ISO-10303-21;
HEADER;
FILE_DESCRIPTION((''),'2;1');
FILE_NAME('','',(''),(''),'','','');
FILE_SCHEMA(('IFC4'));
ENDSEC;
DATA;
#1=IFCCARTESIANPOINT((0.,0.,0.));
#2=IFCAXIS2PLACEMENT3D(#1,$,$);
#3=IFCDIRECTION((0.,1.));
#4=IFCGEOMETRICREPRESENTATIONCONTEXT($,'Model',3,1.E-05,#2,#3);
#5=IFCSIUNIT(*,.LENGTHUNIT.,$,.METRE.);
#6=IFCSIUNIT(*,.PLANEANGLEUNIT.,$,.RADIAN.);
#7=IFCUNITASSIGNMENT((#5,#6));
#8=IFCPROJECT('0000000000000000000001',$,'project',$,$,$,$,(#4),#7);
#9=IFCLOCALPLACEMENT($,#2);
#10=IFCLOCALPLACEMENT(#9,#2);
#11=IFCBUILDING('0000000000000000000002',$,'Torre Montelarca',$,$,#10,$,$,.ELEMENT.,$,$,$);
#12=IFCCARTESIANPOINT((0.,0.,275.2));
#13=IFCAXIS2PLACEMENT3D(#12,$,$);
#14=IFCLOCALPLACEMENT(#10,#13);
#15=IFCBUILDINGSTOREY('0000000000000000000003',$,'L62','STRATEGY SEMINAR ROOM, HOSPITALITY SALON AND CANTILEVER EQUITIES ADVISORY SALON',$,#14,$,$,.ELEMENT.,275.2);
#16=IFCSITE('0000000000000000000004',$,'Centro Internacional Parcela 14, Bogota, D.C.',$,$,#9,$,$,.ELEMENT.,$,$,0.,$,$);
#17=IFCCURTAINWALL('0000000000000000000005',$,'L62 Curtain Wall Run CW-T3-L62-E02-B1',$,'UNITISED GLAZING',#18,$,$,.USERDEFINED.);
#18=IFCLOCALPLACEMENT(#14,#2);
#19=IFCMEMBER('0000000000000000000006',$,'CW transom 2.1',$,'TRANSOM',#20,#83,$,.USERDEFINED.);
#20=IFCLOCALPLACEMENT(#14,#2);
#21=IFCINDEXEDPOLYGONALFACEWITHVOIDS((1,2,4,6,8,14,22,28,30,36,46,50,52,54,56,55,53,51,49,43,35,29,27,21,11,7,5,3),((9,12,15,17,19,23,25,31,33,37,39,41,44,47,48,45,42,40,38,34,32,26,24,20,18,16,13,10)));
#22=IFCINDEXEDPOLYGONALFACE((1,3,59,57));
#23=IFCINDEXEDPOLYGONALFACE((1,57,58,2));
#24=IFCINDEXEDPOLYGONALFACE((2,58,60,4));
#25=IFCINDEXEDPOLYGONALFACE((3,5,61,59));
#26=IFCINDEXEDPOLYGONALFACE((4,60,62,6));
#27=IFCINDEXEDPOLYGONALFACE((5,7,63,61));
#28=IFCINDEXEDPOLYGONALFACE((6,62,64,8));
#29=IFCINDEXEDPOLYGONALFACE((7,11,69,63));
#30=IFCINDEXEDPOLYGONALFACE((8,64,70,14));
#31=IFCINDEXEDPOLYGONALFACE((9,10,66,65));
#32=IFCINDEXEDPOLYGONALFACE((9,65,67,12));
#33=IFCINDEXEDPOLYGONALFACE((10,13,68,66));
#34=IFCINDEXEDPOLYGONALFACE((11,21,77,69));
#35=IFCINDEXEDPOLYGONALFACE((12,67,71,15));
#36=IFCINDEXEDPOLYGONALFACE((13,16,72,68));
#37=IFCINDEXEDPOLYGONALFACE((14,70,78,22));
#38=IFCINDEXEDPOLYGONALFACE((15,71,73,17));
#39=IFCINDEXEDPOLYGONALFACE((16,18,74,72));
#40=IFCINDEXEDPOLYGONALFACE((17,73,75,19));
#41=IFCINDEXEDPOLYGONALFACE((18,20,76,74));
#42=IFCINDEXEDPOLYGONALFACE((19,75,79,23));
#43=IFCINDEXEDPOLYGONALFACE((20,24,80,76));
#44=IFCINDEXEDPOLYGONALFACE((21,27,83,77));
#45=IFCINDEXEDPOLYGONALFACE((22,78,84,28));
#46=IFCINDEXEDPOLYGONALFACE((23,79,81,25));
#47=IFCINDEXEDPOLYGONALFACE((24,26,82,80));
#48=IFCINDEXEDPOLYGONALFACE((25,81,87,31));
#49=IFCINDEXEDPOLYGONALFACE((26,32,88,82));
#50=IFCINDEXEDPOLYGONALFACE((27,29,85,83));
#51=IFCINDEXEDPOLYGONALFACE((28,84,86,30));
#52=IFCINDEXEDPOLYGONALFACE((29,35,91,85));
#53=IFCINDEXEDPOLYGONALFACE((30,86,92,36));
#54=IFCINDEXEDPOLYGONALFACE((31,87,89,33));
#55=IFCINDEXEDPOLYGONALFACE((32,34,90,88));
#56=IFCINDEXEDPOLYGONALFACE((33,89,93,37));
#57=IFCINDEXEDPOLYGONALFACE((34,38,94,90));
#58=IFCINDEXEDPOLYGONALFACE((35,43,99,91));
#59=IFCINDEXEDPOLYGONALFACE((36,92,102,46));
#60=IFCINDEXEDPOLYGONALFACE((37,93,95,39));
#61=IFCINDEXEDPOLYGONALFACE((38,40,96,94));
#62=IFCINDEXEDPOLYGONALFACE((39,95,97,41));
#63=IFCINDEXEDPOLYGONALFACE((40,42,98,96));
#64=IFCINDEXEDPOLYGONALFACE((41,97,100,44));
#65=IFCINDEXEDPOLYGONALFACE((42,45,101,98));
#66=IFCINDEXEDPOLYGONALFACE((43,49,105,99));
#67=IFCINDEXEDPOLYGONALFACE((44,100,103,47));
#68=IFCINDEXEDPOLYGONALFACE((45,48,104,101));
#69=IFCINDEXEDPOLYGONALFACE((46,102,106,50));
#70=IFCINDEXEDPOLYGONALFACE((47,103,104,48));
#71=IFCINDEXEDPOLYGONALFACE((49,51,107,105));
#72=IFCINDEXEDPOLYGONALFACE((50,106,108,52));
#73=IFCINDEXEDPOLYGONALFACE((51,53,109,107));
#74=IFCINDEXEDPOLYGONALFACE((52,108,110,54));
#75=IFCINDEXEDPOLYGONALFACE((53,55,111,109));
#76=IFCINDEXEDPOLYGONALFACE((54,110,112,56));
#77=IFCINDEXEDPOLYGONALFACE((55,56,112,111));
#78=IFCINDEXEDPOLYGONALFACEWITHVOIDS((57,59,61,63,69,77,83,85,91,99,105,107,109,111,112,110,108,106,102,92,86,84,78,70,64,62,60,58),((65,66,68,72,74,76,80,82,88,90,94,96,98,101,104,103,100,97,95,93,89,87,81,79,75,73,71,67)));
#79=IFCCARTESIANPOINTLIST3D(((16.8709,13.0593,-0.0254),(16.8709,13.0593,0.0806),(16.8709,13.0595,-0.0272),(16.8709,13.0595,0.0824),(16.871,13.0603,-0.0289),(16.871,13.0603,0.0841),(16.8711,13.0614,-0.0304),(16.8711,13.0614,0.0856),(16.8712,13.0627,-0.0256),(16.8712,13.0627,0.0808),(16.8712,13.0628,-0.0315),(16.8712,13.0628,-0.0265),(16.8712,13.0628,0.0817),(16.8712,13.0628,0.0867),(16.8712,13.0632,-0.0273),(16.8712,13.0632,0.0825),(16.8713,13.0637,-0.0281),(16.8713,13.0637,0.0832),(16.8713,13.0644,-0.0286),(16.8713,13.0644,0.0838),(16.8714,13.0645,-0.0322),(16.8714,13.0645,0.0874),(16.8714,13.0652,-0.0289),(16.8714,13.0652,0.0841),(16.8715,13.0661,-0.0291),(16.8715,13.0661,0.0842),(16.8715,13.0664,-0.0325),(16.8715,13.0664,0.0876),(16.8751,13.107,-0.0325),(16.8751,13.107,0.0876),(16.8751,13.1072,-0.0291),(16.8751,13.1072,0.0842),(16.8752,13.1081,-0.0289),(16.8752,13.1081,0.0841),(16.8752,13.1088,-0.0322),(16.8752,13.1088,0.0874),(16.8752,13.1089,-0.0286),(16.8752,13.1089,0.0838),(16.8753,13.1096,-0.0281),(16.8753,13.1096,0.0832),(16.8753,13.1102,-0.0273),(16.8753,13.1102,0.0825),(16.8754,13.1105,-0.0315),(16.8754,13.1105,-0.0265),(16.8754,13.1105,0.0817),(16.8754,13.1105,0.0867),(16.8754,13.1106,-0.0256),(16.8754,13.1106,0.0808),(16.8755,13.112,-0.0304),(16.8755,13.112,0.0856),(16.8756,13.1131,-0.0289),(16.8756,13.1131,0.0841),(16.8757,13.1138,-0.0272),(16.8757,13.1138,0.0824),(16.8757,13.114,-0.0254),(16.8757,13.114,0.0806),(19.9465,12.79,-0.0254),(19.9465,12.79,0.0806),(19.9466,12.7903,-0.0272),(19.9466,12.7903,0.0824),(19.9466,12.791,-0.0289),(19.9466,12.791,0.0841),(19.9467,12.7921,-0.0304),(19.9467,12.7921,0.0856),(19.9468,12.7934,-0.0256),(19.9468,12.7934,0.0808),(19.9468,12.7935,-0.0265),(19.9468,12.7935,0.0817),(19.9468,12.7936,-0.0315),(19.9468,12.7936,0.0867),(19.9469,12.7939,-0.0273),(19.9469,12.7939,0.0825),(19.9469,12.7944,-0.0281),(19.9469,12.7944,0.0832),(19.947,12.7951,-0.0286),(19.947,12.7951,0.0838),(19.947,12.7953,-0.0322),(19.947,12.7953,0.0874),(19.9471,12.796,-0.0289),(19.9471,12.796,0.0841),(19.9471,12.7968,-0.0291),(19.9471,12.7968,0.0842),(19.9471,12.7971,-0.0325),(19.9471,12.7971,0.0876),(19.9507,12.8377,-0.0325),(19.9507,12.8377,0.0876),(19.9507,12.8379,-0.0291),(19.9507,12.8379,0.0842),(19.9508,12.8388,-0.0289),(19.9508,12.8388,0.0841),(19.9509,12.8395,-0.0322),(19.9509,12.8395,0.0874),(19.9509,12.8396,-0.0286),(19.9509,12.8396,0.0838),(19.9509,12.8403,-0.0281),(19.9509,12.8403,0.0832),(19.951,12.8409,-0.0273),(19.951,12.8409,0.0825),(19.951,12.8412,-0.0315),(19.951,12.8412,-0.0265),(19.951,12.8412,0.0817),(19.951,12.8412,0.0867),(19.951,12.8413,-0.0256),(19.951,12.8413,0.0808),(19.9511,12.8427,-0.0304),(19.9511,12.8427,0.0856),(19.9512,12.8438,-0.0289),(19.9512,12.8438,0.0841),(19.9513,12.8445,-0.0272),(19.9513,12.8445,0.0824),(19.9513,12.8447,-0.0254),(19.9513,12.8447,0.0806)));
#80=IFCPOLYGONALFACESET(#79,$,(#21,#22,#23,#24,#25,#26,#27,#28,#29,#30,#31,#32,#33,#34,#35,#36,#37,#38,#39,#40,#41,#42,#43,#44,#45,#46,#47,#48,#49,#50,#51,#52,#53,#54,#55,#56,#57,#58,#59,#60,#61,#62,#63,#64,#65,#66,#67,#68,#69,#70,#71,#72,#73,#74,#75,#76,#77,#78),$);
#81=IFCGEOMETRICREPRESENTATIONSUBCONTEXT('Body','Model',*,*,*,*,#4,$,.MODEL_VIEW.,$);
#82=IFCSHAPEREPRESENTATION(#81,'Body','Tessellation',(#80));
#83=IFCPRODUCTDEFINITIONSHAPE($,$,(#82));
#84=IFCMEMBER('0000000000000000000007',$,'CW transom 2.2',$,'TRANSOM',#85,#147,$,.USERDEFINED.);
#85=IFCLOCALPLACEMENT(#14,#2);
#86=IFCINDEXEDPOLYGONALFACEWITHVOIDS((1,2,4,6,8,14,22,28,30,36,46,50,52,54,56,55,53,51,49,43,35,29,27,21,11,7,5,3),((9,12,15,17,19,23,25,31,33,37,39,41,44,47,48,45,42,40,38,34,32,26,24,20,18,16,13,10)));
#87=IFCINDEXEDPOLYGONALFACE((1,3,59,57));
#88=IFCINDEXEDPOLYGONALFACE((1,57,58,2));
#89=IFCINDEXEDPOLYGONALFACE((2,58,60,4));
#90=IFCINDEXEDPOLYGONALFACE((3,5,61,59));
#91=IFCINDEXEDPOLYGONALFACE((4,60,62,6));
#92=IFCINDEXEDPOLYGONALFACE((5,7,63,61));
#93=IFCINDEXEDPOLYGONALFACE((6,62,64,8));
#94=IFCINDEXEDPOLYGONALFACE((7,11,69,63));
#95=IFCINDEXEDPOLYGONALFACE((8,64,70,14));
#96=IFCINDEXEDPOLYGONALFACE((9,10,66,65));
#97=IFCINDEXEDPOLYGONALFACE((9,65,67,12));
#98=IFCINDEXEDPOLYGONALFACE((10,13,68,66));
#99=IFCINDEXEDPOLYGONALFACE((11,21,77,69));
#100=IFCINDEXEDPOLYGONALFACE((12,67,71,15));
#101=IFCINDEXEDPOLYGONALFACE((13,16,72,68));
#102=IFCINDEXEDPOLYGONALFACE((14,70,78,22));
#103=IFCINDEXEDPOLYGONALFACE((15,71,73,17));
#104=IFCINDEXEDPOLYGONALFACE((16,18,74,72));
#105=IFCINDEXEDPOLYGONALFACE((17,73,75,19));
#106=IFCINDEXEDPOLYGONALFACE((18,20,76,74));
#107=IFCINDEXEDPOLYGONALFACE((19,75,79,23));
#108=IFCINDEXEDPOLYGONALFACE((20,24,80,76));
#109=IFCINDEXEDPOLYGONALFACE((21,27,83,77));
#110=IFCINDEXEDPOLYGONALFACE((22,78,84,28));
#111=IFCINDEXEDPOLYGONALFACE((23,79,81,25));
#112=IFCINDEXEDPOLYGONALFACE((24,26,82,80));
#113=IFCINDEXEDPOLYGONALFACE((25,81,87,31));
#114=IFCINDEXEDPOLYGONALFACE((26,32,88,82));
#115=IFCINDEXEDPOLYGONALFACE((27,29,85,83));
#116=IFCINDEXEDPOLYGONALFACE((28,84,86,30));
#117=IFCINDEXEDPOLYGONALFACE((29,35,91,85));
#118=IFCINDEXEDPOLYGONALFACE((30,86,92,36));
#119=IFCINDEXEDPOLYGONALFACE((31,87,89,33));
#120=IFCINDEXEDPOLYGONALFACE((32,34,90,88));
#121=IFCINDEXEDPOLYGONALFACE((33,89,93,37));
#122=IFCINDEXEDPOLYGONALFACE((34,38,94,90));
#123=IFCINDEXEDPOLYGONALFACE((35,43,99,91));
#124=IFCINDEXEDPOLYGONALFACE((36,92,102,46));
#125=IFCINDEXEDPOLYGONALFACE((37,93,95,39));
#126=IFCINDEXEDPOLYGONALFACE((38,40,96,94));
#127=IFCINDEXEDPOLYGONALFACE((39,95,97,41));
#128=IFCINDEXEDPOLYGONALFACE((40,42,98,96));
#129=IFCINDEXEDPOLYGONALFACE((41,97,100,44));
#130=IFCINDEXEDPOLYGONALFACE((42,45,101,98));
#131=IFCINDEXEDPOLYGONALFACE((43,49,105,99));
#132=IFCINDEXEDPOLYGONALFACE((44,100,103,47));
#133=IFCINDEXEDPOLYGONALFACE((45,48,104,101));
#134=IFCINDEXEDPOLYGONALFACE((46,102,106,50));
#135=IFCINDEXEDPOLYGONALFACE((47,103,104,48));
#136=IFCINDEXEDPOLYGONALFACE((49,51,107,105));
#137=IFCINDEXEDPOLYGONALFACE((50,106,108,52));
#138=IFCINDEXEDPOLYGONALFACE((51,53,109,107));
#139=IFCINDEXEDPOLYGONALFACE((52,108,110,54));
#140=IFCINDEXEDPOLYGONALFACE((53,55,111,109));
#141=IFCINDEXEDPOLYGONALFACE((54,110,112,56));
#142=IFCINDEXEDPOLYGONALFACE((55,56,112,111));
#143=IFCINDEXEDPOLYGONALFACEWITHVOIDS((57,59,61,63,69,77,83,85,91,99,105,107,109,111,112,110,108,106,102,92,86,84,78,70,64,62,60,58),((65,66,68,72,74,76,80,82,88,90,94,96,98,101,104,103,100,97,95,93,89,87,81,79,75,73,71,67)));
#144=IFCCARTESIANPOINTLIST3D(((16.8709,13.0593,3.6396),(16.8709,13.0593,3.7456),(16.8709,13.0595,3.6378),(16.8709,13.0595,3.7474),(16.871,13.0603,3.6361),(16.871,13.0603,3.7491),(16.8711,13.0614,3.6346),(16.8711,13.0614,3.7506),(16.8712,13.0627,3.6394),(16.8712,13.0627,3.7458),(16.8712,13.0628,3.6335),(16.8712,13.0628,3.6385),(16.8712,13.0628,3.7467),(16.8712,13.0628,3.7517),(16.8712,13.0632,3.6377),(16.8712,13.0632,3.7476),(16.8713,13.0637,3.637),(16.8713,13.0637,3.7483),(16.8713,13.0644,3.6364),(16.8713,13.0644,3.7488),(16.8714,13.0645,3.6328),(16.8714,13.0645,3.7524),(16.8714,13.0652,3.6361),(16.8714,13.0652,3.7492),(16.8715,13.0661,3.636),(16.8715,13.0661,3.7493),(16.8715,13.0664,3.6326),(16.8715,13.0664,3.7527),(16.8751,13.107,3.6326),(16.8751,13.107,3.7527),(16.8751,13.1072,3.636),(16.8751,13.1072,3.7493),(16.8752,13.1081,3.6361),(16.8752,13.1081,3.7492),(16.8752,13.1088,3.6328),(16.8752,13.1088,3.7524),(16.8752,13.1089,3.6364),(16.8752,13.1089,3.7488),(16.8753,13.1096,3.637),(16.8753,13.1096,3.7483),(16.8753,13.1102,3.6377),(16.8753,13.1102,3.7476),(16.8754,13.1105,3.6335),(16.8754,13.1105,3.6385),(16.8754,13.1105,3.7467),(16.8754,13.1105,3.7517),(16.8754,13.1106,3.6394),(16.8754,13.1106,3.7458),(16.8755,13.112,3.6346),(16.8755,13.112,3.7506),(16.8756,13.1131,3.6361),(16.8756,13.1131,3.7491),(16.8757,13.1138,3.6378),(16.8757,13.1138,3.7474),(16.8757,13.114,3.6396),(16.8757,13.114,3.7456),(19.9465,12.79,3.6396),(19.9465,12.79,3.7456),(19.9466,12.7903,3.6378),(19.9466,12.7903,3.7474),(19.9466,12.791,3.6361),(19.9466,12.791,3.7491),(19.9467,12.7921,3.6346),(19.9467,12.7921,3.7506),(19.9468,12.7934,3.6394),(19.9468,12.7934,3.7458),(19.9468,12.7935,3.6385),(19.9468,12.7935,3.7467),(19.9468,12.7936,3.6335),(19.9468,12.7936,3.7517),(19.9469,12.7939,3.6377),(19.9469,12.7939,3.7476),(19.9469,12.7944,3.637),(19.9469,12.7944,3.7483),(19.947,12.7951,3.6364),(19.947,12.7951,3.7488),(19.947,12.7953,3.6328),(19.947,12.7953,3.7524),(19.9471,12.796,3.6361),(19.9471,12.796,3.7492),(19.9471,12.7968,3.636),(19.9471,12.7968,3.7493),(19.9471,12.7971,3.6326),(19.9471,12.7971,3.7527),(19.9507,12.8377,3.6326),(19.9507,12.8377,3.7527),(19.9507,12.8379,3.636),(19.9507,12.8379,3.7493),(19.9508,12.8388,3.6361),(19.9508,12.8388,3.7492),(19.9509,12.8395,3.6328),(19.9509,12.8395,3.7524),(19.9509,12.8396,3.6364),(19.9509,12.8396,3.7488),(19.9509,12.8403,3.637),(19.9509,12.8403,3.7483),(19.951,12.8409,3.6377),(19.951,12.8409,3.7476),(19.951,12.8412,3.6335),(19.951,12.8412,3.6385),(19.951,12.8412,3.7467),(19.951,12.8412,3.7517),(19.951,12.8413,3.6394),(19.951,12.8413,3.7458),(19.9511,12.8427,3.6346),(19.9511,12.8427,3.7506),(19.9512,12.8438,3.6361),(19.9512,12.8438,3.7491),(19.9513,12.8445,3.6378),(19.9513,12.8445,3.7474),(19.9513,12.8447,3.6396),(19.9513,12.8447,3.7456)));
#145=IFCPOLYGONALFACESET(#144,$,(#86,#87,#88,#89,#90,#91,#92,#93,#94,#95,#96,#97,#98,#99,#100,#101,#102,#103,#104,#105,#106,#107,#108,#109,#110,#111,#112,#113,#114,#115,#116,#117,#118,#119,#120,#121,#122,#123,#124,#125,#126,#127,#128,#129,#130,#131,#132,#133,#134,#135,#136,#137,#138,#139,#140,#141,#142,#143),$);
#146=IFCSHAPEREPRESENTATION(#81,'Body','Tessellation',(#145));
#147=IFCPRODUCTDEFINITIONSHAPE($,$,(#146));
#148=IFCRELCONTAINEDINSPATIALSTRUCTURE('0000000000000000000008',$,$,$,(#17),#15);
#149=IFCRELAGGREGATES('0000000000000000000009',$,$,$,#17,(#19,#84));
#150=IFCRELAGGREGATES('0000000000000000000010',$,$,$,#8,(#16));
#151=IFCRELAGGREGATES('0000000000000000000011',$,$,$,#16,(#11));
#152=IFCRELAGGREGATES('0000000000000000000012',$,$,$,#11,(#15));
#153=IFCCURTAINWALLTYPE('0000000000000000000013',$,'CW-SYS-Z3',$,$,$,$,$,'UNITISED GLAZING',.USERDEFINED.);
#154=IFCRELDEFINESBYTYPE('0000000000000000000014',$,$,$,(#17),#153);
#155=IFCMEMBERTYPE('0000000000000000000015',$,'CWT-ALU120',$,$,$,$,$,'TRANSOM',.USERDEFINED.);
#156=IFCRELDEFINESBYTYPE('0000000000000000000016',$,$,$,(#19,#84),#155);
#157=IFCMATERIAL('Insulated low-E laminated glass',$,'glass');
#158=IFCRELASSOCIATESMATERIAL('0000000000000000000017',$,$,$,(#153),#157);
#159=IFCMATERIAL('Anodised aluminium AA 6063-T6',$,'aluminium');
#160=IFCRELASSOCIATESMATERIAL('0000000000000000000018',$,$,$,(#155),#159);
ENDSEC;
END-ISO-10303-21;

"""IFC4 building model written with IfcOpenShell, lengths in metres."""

from ifc_helpers import new_model, si_unit, direction, frame, origin, origin_2d, place, context, subcontext, project, spatial, hollow_rectangle, extrude, source, transform, mapped, material, material_profile, profile_set, type_object, element, aggregate, save


model = new_model("IFC4")

# Units and contexts
model_context = context("Model", 3, precision=1e-05, world=origin(), true_north=direction((0.0, 1.0)))
body_context = subcontext(model_context, "Body", "Model", "MODEL_VIEW")
ifc_project = project(units=[si_unit("LENGTHUNIT", "METRE"), si_unit("PLANEANGLEUNIT", "RADIAN")], contexts=[model_context])

# Site, building, storey
site_placement = place(None, origin())
site = spatial("IfcSite", under=ifc_project, at=site_placement, Name="Centro Internacional Parcela 14, Bogota, D.C.", CompositionType="ELEMENT", RefElevation=0.0)
building_placement = place(site_placement, origin())
building = spatial("IfcBuilding", under=site, at=building_placement, Name="Torre Montelarca", CompositionType="ELEMENT")
storey_placement = place(building_placement, frame((0.0, 0.0, 275.2)))
storey = spatial("IfcBuildingStorey", under=building, at=storey_placement, Name="L62", Description="STRATEGY SEMINAR ROOM, HOSPITALITY SALON AND CANTILEVER EQUITIES ADVISORY SALON", CompositionType="ELEMENT", Elevation=275.2)

# Curtain wall, members
ifc_material_1 = material(Name="Insulated low-E laminated glass", Category="glass")
curtain_wall_type = type_object("IfcCurtainWallType", Name="CW-SYS-Z3", ElementType="UNITISED GLAZING", PredefinedType="USERDEFINED", material=ifc_material_1)
curtain_wall_1_placement = place(storey_placement, origin())
curtain_wall_1 = element("IfcCurtainWall", 1, at=curtain_wall_1_placement, inside=storey, type_object=curtain_wall_type, Name="L62 Curtain Wall Run CW-T3-L62-E02-B1", ObjectType="UNITISED GLAZING", PredefinedType="USERDEFINED")
ifc_material_2 = material(Name="Anodised aluminium AA 6063-T6", Category="aluminium")
ifc_material_profile_1 = material_profile(ifc_material_2, hollow_rectangle(XDim=0.0549, YDim=0.1201, WallThickness=0.0034, InnerFilletRadius=0.0034, OuterFilletRadius=0.0071, at=origin_2d()), Name="ALU55X120X3.5", Category="aluminium")
ifc_profile_set_1 = profile_set([ifc_material_profile_1], Name="Anodised aluminium AA 6063-T6")
member_type_1 = type_object("IfcMemberType", Name="CWT-ALU120", ElementType="TRANSOM", PredefinedType="USERDEFINED", material=ifc_profile_set_1)
shared_shape_1 = source(origin(), body_context, "Body", "SweptSolid", [
    extrude(hollow_rectangle(XDim=0.0549, YDim=0.1201, WallThickness=0.0034, InnerFilletRadius=0.0034, OuterFilletRadius=0.0071, at=origin_2d()), origin(), (0.0, 0.0, 1.0), 3.0874),
])
member_1_placement = place(storey_placement, frame((16.8733, 13.0867, 0.0276), z_axis=(0.996189, -0.08722, 0.0), x_axis=(0.08722, 0.996189, 0.0)))
member_1 = element("IfcMember", 2, at=member_1_placement, type_object=member_type_1, Name="CW transom 2.1", ObjectType="TRANSOM", PredefinedType="USERDEFINED", context=body_context, shape_type="MappedRepresentation", body=[
    mapped(shared_shape_1, transform((0.0, 0.0, 0.0), scale=1.0)),
])
member_2_placement = place(storey_placement, frame((16.8733, 13.0867, 3.6926), z_axis=(0.996189, -0.08722, 0.0), x_axis=(0.08722, 0.996189, 0.0)))
member_2 = element("IfcMember", 3, at=member_2_placement, type_object=member_type_1, Name="CW transom 2.2", ObjectType="TRANSOM", PredefinedType="USERDEFINED", context=body_context, shape_type="MappedRepresentation", body=[
    mapped(shared_shape_1, transform((0.0, 0.0, 0.0), scale=1.0)),
])

aggregate(curtain_wall_1, [member_1, member_2])

save(model, "model.ifc")
